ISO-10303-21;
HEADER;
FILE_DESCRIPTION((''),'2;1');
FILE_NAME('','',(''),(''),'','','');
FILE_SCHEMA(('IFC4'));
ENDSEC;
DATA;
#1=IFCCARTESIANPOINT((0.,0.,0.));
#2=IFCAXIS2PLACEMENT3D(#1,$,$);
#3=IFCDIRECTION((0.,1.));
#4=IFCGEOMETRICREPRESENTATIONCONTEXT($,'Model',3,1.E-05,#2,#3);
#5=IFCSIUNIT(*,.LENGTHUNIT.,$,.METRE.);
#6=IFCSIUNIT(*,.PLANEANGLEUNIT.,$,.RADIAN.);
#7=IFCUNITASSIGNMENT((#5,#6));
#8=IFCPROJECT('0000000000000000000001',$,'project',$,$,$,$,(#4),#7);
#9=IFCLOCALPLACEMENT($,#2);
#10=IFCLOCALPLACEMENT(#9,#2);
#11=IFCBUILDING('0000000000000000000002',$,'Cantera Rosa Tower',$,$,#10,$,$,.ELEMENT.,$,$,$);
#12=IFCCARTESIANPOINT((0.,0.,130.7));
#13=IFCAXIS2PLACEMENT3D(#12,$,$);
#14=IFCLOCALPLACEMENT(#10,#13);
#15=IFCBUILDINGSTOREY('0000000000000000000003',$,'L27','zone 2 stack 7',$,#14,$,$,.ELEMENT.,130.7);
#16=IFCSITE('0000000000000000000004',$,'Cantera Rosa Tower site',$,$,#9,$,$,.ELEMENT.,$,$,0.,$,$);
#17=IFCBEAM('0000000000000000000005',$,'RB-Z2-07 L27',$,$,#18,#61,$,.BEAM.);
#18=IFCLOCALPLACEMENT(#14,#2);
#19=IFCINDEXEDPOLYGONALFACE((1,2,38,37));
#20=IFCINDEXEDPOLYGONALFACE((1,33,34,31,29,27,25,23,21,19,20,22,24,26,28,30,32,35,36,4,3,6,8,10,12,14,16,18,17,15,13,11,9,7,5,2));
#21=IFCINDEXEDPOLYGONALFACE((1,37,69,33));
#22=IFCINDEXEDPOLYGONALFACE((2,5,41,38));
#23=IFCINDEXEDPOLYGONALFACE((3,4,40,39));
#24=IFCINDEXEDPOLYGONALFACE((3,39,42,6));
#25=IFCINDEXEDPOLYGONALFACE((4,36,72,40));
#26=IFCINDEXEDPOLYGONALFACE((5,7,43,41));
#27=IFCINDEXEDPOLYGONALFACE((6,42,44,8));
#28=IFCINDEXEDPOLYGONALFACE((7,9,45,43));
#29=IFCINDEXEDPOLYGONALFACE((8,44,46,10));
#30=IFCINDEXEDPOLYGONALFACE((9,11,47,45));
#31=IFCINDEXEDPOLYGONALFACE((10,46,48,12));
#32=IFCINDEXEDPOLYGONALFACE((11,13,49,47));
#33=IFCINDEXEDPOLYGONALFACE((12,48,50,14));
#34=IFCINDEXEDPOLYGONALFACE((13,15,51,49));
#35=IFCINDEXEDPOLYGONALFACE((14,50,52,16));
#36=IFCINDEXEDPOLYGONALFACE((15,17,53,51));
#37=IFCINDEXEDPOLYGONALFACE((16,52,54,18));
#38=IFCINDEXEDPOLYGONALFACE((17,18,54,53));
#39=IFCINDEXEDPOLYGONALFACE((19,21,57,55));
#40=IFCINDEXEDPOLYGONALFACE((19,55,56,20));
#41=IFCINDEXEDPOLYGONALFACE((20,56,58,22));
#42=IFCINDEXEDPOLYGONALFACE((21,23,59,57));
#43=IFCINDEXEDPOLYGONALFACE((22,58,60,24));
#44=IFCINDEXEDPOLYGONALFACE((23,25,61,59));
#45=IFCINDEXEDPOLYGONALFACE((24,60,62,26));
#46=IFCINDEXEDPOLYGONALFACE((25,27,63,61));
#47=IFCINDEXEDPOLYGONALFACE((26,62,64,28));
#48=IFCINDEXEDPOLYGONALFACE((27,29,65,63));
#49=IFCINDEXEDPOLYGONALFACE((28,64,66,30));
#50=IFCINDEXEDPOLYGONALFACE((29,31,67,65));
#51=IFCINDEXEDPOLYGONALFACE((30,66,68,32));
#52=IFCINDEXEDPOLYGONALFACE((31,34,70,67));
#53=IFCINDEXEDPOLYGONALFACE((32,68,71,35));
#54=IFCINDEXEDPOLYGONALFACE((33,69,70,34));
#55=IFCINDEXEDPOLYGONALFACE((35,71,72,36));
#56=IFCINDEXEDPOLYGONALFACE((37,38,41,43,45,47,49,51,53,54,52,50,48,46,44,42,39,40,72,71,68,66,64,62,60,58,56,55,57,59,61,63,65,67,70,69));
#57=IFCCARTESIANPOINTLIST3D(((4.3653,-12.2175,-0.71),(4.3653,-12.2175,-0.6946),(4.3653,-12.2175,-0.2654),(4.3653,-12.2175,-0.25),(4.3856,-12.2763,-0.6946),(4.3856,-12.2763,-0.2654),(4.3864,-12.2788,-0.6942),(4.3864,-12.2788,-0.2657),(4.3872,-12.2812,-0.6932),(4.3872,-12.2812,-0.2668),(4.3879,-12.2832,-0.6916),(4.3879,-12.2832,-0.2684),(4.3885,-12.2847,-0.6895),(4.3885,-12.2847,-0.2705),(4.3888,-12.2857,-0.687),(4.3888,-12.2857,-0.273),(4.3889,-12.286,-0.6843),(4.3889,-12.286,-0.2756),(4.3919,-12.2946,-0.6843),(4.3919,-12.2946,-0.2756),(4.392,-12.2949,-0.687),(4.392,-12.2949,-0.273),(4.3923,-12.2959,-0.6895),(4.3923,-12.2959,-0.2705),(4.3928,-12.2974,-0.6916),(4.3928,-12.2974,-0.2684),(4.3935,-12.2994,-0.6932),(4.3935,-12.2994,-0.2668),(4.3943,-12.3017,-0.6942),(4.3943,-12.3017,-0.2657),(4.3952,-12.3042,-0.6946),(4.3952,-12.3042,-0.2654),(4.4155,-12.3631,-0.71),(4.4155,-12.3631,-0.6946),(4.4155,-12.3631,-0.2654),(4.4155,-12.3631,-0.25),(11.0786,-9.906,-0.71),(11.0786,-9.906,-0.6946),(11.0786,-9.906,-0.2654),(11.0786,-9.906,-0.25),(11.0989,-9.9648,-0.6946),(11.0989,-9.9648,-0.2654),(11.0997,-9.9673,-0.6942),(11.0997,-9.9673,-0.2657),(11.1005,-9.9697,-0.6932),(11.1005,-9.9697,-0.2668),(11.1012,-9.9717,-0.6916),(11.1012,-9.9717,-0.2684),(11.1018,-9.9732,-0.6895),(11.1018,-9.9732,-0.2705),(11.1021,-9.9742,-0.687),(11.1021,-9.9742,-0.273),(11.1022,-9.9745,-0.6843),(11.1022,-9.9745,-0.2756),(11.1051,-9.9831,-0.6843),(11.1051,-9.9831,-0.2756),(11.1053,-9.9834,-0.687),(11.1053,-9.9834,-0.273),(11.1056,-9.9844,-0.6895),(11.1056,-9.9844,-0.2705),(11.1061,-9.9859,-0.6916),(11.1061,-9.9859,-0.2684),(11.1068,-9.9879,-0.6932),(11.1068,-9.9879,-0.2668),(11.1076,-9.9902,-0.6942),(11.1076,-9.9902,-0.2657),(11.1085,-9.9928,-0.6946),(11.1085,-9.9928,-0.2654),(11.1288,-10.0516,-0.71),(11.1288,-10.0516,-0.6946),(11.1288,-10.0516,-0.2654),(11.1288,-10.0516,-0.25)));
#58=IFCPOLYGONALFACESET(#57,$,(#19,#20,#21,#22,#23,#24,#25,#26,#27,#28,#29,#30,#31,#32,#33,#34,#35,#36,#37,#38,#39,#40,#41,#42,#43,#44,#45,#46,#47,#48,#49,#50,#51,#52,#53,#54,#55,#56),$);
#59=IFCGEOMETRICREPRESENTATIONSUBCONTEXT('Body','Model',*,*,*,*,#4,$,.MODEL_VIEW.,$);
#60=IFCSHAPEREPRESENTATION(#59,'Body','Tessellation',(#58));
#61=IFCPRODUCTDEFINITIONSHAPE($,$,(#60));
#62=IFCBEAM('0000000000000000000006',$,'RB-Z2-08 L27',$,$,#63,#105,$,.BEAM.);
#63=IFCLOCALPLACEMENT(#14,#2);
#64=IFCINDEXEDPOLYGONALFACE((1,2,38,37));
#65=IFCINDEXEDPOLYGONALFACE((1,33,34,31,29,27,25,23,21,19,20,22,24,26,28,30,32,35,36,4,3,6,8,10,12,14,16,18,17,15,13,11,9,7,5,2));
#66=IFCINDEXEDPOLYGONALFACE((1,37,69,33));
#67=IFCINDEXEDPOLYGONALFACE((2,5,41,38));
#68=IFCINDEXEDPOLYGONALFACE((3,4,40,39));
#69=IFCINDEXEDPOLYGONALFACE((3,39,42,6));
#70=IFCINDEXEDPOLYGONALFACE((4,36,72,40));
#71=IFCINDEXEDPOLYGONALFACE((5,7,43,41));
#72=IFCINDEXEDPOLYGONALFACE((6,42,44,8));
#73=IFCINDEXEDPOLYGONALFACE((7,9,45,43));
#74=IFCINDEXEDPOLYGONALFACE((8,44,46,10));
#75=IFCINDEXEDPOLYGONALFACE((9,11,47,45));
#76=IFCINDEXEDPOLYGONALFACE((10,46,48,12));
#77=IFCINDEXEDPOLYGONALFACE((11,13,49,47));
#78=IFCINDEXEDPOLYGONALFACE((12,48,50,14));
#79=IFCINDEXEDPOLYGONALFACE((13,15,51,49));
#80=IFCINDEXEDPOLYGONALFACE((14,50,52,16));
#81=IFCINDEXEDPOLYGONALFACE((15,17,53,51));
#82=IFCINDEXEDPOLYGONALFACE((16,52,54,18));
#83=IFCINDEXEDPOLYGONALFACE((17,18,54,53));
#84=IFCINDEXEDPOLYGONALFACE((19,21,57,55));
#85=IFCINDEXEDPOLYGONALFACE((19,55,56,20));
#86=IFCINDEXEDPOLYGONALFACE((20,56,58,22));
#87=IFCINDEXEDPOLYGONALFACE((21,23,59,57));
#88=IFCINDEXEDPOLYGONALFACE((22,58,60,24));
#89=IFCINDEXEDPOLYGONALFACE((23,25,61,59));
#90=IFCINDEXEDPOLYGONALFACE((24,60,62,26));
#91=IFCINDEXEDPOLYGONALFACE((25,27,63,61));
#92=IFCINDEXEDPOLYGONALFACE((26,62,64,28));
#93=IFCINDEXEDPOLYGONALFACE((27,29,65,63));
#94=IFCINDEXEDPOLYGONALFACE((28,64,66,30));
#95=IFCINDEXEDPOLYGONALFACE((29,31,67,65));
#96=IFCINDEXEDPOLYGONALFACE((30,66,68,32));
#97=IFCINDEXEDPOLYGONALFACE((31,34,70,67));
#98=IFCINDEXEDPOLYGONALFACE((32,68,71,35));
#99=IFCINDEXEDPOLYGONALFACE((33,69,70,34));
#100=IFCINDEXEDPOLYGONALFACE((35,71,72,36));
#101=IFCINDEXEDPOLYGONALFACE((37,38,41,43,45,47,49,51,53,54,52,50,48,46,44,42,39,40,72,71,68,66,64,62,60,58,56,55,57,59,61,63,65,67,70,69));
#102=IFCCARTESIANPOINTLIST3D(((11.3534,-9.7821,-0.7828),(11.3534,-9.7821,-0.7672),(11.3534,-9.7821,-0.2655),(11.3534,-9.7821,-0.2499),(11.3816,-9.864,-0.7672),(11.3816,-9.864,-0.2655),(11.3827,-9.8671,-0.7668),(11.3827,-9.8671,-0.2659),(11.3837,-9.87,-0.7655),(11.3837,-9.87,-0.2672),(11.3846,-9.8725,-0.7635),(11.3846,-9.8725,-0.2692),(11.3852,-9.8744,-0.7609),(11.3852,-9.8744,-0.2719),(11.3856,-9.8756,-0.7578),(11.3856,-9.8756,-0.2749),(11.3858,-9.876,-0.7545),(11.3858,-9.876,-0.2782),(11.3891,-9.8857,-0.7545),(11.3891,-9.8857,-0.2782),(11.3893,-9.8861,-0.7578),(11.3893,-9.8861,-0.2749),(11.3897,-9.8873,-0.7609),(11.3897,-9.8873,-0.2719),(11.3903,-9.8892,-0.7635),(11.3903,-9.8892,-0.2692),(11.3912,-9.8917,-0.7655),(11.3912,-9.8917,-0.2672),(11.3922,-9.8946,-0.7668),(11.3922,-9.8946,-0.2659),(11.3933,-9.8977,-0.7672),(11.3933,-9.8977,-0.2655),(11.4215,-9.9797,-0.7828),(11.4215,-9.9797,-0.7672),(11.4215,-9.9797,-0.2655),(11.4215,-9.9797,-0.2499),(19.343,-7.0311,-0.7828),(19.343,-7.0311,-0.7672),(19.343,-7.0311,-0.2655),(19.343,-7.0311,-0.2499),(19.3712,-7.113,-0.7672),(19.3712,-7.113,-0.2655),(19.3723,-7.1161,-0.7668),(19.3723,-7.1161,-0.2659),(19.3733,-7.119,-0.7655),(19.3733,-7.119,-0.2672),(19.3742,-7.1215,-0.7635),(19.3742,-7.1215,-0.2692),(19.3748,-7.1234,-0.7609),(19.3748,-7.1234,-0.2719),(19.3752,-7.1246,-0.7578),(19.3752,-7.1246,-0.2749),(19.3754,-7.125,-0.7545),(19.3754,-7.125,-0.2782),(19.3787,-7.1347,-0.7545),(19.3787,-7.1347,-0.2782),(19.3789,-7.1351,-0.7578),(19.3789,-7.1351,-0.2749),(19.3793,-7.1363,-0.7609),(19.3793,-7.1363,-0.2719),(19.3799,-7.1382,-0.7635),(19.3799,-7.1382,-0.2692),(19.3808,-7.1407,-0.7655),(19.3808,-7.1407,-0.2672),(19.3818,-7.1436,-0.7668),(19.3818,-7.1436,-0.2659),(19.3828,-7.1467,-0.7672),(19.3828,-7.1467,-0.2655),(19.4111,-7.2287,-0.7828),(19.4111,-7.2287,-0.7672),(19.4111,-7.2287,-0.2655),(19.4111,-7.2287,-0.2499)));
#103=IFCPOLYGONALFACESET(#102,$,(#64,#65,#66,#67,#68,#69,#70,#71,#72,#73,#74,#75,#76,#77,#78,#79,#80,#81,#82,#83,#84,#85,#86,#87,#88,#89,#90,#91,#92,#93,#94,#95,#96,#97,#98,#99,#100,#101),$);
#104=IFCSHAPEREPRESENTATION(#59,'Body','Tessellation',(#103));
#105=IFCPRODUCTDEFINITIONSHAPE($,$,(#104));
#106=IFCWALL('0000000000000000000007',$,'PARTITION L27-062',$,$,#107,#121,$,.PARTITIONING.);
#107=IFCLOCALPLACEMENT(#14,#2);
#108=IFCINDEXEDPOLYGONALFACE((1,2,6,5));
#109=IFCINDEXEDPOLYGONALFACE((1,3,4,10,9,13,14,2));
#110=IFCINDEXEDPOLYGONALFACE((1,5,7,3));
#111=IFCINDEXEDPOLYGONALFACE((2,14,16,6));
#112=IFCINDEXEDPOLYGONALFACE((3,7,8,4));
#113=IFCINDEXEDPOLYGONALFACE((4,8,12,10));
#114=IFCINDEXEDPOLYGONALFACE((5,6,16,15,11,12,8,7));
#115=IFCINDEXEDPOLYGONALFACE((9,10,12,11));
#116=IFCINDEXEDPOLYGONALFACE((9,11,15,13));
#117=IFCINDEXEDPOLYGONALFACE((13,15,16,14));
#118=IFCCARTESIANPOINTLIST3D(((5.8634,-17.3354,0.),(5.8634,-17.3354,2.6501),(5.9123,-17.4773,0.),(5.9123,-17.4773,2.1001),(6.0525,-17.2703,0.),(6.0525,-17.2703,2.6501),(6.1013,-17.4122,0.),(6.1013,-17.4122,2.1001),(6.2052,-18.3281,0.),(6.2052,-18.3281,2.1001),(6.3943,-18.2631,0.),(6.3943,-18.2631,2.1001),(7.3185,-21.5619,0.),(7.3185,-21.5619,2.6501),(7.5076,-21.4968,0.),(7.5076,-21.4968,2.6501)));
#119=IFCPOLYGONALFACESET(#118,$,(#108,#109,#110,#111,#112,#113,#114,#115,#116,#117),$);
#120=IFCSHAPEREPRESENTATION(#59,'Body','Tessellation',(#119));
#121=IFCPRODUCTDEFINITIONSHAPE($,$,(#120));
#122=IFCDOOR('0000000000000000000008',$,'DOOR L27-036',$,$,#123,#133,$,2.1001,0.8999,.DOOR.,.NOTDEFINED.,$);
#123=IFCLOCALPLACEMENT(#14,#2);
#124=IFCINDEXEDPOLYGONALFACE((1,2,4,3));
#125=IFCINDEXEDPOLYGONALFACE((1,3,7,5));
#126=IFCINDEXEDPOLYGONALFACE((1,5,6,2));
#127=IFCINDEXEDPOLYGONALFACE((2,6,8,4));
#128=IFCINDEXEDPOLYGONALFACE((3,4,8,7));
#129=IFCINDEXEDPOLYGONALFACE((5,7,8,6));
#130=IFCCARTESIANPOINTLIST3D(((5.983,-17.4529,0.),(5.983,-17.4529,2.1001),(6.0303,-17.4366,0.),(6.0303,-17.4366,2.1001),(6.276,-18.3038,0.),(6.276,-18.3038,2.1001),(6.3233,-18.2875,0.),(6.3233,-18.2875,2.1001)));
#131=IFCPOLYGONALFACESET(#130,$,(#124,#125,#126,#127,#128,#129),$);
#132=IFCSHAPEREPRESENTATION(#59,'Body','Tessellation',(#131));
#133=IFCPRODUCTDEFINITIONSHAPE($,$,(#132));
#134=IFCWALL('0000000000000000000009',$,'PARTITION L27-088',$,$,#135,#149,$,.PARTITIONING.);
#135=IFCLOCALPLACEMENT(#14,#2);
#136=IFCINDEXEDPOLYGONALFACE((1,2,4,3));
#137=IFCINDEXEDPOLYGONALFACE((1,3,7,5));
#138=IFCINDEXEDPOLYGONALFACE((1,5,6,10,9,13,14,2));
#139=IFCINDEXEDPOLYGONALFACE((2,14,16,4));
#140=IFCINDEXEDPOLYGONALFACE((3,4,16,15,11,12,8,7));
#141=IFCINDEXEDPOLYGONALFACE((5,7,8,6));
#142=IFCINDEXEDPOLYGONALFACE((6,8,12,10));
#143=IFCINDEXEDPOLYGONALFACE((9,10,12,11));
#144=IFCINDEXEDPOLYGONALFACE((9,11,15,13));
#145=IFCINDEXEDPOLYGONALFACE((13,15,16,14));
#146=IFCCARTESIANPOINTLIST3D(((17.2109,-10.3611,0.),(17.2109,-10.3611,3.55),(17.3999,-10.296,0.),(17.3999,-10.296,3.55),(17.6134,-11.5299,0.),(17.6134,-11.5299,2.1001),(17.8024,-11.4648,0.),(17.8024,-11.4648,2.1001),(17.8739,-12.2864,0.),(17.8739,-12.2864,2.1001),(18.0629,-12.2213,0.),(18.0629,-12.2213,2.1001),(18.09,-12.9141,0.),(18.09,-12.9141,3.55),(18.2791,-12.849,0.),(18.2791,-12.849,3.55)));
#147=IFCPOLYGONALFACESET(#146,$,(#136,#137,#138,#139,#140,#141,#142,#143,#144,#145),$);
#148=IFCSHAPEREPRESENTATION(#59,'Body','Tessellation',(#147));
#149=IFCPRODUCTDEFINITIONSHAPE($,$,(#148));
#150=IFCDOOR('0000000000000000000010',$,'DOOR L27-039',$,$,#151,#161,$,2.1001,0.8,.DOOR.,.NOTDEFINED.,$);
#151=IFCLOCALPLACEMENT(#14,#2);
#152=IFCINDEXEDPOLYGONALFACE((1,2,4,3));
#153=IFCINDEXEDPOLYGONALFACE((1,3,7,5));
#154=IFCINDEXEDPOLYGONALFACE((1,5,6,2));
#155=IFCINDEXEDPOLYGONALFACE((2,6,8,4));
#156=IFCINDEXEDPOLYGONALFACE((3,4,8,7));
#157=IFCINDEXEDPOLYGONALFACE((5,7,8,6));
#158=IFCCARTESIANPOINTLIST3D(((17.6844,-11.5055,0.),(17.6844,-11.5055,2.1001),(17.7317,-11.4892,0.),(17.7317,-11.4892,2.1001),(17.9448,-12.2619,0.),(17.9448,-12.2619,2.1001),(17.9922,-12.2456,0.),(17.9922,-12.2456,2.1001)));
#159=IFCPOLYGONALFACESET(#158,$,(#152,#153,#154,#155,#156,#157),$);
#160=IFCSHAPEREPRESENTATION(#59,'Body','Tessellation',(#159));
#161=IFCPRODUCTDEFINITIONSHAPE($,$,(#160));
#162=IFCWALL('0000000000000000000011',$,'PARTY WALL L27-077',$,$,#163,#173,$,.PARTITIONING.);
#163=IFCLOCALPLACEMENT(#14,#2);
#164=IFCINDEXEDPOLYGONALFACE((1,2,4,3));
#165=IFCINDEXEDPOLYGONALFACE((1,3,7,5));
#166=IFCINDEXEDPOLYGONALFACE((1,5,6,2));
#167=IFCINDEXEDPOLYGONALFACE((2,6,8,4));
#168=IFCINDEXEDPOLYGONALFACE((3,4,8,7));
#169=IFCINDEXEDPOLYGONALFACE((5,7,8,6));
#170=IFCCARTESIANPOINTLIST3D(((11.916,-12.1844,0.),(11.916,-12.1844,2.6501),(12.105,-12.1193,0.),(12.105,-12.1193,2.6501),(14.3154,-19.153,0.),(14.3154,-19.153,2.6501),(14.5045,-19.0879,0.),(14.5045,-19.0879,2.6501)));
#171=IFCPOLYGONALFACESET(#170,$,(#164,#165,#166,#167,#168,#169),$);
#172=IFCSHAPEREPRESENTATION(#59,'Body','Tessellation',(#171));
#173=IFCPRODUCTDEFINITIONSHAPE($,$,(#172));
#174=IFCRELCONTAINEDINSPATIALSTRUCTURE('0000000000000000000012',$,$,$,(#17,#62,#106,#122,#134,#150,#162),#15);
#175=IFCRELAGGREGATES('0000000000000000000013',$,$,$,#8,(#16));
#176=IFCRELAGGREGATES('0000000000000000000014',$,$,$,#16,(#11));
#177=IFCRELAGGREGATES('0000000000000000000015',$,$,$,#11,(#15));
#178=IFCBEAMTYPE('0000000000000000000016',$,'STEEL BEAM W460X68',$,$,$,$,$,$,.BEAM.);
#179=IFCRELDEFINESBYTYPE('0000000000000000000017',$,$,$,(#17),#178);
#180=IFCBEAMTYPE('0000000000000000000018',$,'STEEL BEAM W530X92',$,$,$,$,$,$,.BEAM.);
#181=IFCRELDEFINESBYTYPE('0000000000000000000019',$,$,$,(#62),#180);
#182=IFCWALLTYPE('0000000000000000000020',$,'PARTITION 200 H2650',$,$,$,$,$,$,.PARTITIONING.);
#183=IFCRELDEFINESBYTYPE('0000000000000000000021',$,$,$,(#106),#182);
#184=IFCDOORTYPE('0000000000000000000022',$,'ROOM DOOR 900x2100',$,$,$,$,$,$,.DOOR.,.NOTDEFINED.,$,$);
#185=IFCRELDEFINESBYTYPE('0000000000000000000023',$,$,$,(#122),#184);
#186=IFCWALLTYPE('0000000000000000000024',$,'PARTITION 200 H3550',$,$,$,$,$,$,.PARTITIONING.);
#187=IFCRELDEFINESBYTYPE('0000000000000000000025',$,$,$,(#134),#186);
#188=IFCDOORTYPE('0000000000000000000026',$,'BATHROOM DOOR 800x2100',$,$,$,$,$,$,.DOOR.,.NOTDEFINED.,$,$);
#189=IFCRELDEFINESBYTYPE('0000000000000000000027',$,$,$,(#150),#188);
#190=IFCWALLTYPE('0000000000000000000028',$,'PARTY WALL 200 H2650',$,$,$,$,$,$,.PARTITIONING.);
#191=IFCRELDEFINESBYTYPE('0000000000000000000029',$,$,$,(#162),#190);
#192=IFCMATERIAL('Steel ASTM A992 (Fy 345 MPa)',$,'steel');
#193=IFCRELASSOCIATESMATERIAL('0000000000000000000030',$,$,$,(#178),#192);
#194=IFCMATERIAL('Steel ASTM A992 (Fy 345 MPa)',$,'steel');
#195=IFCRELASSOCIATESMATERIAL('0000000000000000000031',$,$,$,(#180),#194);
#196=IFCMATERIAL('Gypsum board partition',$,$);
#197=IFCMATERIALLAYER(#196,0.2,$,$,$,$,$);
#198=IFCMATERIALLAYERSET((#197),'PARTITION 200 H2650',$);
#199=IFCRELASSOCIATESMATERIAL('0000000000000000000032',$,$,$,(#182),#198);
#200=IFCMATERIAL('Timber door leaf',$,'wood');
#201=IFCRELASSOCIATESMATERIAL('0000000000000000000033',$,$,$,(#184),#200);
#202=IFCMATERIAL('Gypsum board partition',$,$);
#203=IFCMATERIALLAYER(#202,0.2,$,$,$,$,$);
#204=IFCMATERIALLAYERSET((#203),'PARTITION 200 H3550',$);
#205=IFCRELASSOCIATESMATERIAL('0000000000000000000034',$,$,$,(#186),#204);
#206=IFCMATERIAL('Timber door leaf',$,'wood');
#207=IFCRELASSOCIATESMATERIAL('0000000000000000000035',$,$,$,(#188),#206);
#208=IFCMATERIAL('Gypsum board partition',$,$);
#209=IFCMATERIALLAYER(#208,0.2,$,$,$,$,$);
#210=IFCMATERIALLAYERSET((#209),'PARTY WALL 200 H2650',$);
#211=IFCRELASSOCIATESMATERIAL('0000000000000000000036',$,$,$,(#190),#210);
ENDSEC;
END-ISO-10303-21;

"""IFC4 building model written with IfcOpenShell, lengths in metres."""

from ifc_helpers import new_model, si_unit, direction, frame, frame_2d, origin, origin_2d, place, context, subcontext, project, spatial, rectangle, i_section, extrude, material, layer, layer_set, material_profile, profile_set, type_object, element, fill, save


model = new_model("IFC4")

# Units and contexts
model_context = context("Model", 3, precision=1e-05, world=origin(), true_north=direction((0.0, 1.0)))
body_context = subcontext(model_context, "Body", "Model", "MODEL_VIEW")
ifc_project = project(units=[si_unit("LENGTHUNIT", "METRE"), si_unit("PLANEANGLEUNIT", "RADIAN")], contexts=[model_context])

# Site, building, storey
site_placement = place(None, origin())
site = spatial("IfcSite", under=ifc_project, at=site_placement, Name="Cantera Rosa Tower site", CompositionType="ELEMENT", RefElevation=0.0)
building_placement = place(site_placement, origin())
building = spatial("IfcBuilding", under=site, at=building_placement, Name="Cantera Rosa Tower", CompositionType="ELEMENT")
storey_placement = place(building_placement, frame((0.0, 0.0, 130.7)))
storey = spatial("IfcBuildingStorey", under=building, at=storey_placement, Name="L27", Description="zone 2 stack 7", CompositionType="ELEMENT", Elevation=130.7)

# Beams
ifc_material_1 = material(Name="Steel ASTM A992 (Fy 345 MPa)", Category="steel")
ifc_material_profile_1 = material_profile(ifc_material_1, i_section(OverallWidth=0.1541, OverallDepth=0.46, WebThickness=0.009, FlangeThickness=0.0154, FilletRadius=0.0103, at=origin_2d()), Name="W460X68")
ifc_profile_set_1 = profile_set([ifc_material_profile_1], Name="Steel ASTM A992 (Fy 345 MPa)")
beam_type_1 = type_object("IfcBeamType", Name="STEEL BEAM W460X68", PredefinedType="BEAM", material=ifc_profile_set_1)
beam_1_placement = place(storey_placement, frame((4.3904, -12.2903, -0.48), z_axis=(0.945522, 0.325558, 0.0), x_axis=(-0.325558, 0.945522, 0.0)))
element("IfcBeam", 1, at=beam_1_placement, inside=storey, type_object=beam_type_1, Name="RB-Z2-07 L27", PredefinedType="BEAM", context=body_context, shape_type="SweptSolid", body=[
    extrude(i_section(OverallWidth=0.1541, OverallDepth=0.46, WebThickness=0.009, FlangeThickness=0.0154, FilletRadius=0.0103, at=origin_2d()), origin(), (0.0, 0.0, 1.0), 7.1001),
])
ifc_material_2 = material(Name="Steel ASTM A992 (Fy 345 MPa)", Category="steel")
ifc_material_profile_2 = material_profile(ifc_material_2, i_section(OverallWidth=0.209, OverallDepth=0.533, WebThickness=0.0103, FlangeThickness=0.0156, FilletRadius=0.0127, at=origin_2d()), Name="W530X92")
ifc_profile_set_2 = profile_set([ifc_material_profile_2], Name="Steel ASTM A992 (Fy 345 MPa)")
beam_type_2 = type_object("IfcBeamType", Name="STEEL BEAM W530X92", PredefinedType="BEAM", material=ifc_profile_set_2)
beam_2_placement = place(storey_placement, frame((11.3875, -9.8809, -0.5164), z_axis=(0.94552, 0.325565, 0.0), x_axis=(-0.325565, 0.94552, 0.0)))
element("IfcBeam", 2, at=beam_2_placement, inside=storey, type_object=beam_type_2, Name="RB-Z2-08 L27", PredefinedType="BEAM", context=body_context, shape_type="SweptSolid", body=[
    extrude(i_section(OverallWidth=0.209, OverallDepth=0.533, WebThickness=0.0103, FlangeThickness=0.0156, FilletRadius=0.0127, at=origin_2d()), origin(), (0.0, 0.0, 1.0), 8.45),
])

# Walls, openings, doors
ifc_material_3 = material(Name="Gypsum board partition")
ifc_layer_1 = layer(ifc_material_3, 0.2)
ifc_layer_set_1 = layer_set([ifc_layer_1], Name="PARTITION 200 H2650")
wall_type_1 = type_object("IfcWallType", Name="PARTITION 200 H2650", PredefinedType="PARTITIONING", material=ifc_layer_set_1)
wall_1_placement = place(storey_placement, frame((5.958, -17.303, 0.0), z_axis=(0.0, 0.0, 1.0), x_axis=(0.325519, -0.945535, 0.0)))
wall_1 = element("IfcWall", 3, at=wall_1_placement, inside=storey, type_object=wall_type_1, Name="PARTITION L27-062", PredefinedType="PARTITIONING", context=body_context, shape_type="SweptSolid", body=[
    extrude(rectangle(XDim=4.47, YDim=0.2, at=frame_2d((2.2349, 0.0))), origin(), (0.0, 0.0, 1.0), 2.6501),
])
opening_1_placement = place(wall_1_placement, frame((0.1499, 0.0, 0.0)))
opening_1 = element("IfcOpeningElement", 4, at=opening_1_placement, cuts=wall_1, PredefinedType="OPENING", context=body_context, shape_type="SweptSolid", body=[
    extrude(rectangle(XDim=0.8999, YDim=2.1001, at=frame_2d((0.45, 1.05))), frame((0.0, 0.1099, 0.0), z_axis=(0.0, -1.0, 0.0), x_axis=(1.0, 0.0, 0.0)), (0.0, 0.0, 1.0), 0.22),
])
ifc_material_4 = material(Name="Timber door leaf", Category="wood")
door_type_1 = type_object("IfcDoorType", Name="ROOM DOOR 900x2100", OperationType="NOTDEFINED", PredefinedType="DOOR", material=ifc_material_4)
door_1_placement = place(opening_1_placement, origin())
door_1 = element("IfcDoor", 5, at=door_1_placement, inside=storey, type_object=door_type_1, Name="DOOR L27-036", OperationType="NOTDEFINED", OverallHeight=2.1001, OverallWidth=0.8999, PredefinedType="DOOR", context=body_context, shape_type="SweptSolid", body=[
    extrude(rectangle(XDim=0.8999, YDim=2.1001, at=frame_2d((0.45, 1.05))), frame((0.0, 0.0249, 0.0), z_axis=(0.0, -1.0, 0.0), x_axis=(1.0, 0.0, 0.0)), (0.0, 0.0, 1.0), 0.05),
])
fill(opening_1, door_1)
ifc_material_5 = material(Name="Gypsum board partition")
ifc_layer_2 = layer(ifc_material_5, 0.2)
ifc_layer_set_2 = layer_set([ifc_layer_2], Name="PARTITION 200 H3550")
wall_type_2 = type_object("IfcWallType", Name="PARTITION 200 H3550", PredefinedType="PARTITIONING", material=ifc_layer_set_2)
wall_2_placement = place(storey_placement, frame((18.1846, -12.8816, 0.0), z_axis=(0.0, 0.0, 1.0), x_axis=(-0.325598, 0.945508, 0.0)))
wall_2 = element("IfcWall", 6, at=wall_2_placement, inside=storey, type_object=wall_type_2, Name="PARTITION L27-088", PredefinedType="PARTITIONING", context=body_context, shape_type="SweptSolid", body=[
    extrude(rectangle(XDim=2.7002, YDim=0.2, at=frame_2d((1.3501, 0.0))), origin(), (0.0, 0.0, 1.0), 3.55),
])
opening_2_placement = place(wall_2_placement, frame((0.6641, 0.0, 0.0)))
opening_2 = element("IfcOpeningElement", 7, at=opening_2_placement, cuts=wall_2, PredefinedType="OPENING", context=body_context, shape_type="SweptSolid", body=[
    extrude(rectangle(XDim=0.8, YDim=2.1001, at=frame_2d((0.3999, 1.05))), frame((0.0, 0.1099, 0.0), z_axis=(0.0, -1.0, 0.0), x_axis=(1.0, 0.0, 0.0)), (0.0, 0.0, 1.0), 0.22),
])
ifc_material_6 = material(Name="Timber door leaf", Category="wood")
door_type_2 = type_object("IfcDoorType", Name="BATHROOM DOOR 800x2100", OperationType="NOTDEFINED", PredefinedType="DOOR", material=ifc_material_6)
door_2_placement = place(opening_2_placement, origin())
door_2 = element("IfcDoor", 8, at=door_2_placement, inside=storey, type_object=door_type_2, Name="DOOR L27-039", OperationType="NOTDEFINED", OverallHeight=2.1001, OverallWidth=0.8, PredefinedType="DOOR", context=body_context, shape_type="SweptSolid", body=[
    extrude(rectangle(XDim=0.8, YDim=2.1001, at=frame_2d((0.3999, 1.05))), frame((0.0, 0.0249, 0.0), z_axis=(0.0, -1.0, 0.0), x_axis=(1.0, 0.0, 0.0)), (0.0, 0.0, 1.0), 0.05),
])
fill(opening_2, door_2)

# Wall
ifc_material_7 = material(Name="Gypsum board partition")
ifc_layer_3 = layer(ifc_material_7, 0.2)
ifc_layer_set_3 = layer_set([ifc_layer_3], Name="PARTY WALL 200 H2650")
wall_type_3 = type_object("IfcWallType", Name="PARTY WALL 200 H2650", PredefinedType="PARTITIONING", material=ifc_layer_set_3)
wall_3_placement = place(storey_placement, frame((12.0105, -12.1519, 0.0), z_axis=(0.0, 0.0, 1.0), x_axis=(0.325564, -0.94552, 0.0)))
element("IfcWall", 9, at=wall_3_placement, inside=storey, type_object=wall_type_3, Name="PARTY WALL L27-077", PredefinedType="PARTITIONING", context=body_context, shape_type="SweptSolid", body=[
    extrude(rectangle(XDim=7.3701, YDim=0.2, at=frame_2d((3.6851, 0.0))), origin(), (0.0, 0.0, 1.0), 2.6501),
])

save(model, "model.ifc")
